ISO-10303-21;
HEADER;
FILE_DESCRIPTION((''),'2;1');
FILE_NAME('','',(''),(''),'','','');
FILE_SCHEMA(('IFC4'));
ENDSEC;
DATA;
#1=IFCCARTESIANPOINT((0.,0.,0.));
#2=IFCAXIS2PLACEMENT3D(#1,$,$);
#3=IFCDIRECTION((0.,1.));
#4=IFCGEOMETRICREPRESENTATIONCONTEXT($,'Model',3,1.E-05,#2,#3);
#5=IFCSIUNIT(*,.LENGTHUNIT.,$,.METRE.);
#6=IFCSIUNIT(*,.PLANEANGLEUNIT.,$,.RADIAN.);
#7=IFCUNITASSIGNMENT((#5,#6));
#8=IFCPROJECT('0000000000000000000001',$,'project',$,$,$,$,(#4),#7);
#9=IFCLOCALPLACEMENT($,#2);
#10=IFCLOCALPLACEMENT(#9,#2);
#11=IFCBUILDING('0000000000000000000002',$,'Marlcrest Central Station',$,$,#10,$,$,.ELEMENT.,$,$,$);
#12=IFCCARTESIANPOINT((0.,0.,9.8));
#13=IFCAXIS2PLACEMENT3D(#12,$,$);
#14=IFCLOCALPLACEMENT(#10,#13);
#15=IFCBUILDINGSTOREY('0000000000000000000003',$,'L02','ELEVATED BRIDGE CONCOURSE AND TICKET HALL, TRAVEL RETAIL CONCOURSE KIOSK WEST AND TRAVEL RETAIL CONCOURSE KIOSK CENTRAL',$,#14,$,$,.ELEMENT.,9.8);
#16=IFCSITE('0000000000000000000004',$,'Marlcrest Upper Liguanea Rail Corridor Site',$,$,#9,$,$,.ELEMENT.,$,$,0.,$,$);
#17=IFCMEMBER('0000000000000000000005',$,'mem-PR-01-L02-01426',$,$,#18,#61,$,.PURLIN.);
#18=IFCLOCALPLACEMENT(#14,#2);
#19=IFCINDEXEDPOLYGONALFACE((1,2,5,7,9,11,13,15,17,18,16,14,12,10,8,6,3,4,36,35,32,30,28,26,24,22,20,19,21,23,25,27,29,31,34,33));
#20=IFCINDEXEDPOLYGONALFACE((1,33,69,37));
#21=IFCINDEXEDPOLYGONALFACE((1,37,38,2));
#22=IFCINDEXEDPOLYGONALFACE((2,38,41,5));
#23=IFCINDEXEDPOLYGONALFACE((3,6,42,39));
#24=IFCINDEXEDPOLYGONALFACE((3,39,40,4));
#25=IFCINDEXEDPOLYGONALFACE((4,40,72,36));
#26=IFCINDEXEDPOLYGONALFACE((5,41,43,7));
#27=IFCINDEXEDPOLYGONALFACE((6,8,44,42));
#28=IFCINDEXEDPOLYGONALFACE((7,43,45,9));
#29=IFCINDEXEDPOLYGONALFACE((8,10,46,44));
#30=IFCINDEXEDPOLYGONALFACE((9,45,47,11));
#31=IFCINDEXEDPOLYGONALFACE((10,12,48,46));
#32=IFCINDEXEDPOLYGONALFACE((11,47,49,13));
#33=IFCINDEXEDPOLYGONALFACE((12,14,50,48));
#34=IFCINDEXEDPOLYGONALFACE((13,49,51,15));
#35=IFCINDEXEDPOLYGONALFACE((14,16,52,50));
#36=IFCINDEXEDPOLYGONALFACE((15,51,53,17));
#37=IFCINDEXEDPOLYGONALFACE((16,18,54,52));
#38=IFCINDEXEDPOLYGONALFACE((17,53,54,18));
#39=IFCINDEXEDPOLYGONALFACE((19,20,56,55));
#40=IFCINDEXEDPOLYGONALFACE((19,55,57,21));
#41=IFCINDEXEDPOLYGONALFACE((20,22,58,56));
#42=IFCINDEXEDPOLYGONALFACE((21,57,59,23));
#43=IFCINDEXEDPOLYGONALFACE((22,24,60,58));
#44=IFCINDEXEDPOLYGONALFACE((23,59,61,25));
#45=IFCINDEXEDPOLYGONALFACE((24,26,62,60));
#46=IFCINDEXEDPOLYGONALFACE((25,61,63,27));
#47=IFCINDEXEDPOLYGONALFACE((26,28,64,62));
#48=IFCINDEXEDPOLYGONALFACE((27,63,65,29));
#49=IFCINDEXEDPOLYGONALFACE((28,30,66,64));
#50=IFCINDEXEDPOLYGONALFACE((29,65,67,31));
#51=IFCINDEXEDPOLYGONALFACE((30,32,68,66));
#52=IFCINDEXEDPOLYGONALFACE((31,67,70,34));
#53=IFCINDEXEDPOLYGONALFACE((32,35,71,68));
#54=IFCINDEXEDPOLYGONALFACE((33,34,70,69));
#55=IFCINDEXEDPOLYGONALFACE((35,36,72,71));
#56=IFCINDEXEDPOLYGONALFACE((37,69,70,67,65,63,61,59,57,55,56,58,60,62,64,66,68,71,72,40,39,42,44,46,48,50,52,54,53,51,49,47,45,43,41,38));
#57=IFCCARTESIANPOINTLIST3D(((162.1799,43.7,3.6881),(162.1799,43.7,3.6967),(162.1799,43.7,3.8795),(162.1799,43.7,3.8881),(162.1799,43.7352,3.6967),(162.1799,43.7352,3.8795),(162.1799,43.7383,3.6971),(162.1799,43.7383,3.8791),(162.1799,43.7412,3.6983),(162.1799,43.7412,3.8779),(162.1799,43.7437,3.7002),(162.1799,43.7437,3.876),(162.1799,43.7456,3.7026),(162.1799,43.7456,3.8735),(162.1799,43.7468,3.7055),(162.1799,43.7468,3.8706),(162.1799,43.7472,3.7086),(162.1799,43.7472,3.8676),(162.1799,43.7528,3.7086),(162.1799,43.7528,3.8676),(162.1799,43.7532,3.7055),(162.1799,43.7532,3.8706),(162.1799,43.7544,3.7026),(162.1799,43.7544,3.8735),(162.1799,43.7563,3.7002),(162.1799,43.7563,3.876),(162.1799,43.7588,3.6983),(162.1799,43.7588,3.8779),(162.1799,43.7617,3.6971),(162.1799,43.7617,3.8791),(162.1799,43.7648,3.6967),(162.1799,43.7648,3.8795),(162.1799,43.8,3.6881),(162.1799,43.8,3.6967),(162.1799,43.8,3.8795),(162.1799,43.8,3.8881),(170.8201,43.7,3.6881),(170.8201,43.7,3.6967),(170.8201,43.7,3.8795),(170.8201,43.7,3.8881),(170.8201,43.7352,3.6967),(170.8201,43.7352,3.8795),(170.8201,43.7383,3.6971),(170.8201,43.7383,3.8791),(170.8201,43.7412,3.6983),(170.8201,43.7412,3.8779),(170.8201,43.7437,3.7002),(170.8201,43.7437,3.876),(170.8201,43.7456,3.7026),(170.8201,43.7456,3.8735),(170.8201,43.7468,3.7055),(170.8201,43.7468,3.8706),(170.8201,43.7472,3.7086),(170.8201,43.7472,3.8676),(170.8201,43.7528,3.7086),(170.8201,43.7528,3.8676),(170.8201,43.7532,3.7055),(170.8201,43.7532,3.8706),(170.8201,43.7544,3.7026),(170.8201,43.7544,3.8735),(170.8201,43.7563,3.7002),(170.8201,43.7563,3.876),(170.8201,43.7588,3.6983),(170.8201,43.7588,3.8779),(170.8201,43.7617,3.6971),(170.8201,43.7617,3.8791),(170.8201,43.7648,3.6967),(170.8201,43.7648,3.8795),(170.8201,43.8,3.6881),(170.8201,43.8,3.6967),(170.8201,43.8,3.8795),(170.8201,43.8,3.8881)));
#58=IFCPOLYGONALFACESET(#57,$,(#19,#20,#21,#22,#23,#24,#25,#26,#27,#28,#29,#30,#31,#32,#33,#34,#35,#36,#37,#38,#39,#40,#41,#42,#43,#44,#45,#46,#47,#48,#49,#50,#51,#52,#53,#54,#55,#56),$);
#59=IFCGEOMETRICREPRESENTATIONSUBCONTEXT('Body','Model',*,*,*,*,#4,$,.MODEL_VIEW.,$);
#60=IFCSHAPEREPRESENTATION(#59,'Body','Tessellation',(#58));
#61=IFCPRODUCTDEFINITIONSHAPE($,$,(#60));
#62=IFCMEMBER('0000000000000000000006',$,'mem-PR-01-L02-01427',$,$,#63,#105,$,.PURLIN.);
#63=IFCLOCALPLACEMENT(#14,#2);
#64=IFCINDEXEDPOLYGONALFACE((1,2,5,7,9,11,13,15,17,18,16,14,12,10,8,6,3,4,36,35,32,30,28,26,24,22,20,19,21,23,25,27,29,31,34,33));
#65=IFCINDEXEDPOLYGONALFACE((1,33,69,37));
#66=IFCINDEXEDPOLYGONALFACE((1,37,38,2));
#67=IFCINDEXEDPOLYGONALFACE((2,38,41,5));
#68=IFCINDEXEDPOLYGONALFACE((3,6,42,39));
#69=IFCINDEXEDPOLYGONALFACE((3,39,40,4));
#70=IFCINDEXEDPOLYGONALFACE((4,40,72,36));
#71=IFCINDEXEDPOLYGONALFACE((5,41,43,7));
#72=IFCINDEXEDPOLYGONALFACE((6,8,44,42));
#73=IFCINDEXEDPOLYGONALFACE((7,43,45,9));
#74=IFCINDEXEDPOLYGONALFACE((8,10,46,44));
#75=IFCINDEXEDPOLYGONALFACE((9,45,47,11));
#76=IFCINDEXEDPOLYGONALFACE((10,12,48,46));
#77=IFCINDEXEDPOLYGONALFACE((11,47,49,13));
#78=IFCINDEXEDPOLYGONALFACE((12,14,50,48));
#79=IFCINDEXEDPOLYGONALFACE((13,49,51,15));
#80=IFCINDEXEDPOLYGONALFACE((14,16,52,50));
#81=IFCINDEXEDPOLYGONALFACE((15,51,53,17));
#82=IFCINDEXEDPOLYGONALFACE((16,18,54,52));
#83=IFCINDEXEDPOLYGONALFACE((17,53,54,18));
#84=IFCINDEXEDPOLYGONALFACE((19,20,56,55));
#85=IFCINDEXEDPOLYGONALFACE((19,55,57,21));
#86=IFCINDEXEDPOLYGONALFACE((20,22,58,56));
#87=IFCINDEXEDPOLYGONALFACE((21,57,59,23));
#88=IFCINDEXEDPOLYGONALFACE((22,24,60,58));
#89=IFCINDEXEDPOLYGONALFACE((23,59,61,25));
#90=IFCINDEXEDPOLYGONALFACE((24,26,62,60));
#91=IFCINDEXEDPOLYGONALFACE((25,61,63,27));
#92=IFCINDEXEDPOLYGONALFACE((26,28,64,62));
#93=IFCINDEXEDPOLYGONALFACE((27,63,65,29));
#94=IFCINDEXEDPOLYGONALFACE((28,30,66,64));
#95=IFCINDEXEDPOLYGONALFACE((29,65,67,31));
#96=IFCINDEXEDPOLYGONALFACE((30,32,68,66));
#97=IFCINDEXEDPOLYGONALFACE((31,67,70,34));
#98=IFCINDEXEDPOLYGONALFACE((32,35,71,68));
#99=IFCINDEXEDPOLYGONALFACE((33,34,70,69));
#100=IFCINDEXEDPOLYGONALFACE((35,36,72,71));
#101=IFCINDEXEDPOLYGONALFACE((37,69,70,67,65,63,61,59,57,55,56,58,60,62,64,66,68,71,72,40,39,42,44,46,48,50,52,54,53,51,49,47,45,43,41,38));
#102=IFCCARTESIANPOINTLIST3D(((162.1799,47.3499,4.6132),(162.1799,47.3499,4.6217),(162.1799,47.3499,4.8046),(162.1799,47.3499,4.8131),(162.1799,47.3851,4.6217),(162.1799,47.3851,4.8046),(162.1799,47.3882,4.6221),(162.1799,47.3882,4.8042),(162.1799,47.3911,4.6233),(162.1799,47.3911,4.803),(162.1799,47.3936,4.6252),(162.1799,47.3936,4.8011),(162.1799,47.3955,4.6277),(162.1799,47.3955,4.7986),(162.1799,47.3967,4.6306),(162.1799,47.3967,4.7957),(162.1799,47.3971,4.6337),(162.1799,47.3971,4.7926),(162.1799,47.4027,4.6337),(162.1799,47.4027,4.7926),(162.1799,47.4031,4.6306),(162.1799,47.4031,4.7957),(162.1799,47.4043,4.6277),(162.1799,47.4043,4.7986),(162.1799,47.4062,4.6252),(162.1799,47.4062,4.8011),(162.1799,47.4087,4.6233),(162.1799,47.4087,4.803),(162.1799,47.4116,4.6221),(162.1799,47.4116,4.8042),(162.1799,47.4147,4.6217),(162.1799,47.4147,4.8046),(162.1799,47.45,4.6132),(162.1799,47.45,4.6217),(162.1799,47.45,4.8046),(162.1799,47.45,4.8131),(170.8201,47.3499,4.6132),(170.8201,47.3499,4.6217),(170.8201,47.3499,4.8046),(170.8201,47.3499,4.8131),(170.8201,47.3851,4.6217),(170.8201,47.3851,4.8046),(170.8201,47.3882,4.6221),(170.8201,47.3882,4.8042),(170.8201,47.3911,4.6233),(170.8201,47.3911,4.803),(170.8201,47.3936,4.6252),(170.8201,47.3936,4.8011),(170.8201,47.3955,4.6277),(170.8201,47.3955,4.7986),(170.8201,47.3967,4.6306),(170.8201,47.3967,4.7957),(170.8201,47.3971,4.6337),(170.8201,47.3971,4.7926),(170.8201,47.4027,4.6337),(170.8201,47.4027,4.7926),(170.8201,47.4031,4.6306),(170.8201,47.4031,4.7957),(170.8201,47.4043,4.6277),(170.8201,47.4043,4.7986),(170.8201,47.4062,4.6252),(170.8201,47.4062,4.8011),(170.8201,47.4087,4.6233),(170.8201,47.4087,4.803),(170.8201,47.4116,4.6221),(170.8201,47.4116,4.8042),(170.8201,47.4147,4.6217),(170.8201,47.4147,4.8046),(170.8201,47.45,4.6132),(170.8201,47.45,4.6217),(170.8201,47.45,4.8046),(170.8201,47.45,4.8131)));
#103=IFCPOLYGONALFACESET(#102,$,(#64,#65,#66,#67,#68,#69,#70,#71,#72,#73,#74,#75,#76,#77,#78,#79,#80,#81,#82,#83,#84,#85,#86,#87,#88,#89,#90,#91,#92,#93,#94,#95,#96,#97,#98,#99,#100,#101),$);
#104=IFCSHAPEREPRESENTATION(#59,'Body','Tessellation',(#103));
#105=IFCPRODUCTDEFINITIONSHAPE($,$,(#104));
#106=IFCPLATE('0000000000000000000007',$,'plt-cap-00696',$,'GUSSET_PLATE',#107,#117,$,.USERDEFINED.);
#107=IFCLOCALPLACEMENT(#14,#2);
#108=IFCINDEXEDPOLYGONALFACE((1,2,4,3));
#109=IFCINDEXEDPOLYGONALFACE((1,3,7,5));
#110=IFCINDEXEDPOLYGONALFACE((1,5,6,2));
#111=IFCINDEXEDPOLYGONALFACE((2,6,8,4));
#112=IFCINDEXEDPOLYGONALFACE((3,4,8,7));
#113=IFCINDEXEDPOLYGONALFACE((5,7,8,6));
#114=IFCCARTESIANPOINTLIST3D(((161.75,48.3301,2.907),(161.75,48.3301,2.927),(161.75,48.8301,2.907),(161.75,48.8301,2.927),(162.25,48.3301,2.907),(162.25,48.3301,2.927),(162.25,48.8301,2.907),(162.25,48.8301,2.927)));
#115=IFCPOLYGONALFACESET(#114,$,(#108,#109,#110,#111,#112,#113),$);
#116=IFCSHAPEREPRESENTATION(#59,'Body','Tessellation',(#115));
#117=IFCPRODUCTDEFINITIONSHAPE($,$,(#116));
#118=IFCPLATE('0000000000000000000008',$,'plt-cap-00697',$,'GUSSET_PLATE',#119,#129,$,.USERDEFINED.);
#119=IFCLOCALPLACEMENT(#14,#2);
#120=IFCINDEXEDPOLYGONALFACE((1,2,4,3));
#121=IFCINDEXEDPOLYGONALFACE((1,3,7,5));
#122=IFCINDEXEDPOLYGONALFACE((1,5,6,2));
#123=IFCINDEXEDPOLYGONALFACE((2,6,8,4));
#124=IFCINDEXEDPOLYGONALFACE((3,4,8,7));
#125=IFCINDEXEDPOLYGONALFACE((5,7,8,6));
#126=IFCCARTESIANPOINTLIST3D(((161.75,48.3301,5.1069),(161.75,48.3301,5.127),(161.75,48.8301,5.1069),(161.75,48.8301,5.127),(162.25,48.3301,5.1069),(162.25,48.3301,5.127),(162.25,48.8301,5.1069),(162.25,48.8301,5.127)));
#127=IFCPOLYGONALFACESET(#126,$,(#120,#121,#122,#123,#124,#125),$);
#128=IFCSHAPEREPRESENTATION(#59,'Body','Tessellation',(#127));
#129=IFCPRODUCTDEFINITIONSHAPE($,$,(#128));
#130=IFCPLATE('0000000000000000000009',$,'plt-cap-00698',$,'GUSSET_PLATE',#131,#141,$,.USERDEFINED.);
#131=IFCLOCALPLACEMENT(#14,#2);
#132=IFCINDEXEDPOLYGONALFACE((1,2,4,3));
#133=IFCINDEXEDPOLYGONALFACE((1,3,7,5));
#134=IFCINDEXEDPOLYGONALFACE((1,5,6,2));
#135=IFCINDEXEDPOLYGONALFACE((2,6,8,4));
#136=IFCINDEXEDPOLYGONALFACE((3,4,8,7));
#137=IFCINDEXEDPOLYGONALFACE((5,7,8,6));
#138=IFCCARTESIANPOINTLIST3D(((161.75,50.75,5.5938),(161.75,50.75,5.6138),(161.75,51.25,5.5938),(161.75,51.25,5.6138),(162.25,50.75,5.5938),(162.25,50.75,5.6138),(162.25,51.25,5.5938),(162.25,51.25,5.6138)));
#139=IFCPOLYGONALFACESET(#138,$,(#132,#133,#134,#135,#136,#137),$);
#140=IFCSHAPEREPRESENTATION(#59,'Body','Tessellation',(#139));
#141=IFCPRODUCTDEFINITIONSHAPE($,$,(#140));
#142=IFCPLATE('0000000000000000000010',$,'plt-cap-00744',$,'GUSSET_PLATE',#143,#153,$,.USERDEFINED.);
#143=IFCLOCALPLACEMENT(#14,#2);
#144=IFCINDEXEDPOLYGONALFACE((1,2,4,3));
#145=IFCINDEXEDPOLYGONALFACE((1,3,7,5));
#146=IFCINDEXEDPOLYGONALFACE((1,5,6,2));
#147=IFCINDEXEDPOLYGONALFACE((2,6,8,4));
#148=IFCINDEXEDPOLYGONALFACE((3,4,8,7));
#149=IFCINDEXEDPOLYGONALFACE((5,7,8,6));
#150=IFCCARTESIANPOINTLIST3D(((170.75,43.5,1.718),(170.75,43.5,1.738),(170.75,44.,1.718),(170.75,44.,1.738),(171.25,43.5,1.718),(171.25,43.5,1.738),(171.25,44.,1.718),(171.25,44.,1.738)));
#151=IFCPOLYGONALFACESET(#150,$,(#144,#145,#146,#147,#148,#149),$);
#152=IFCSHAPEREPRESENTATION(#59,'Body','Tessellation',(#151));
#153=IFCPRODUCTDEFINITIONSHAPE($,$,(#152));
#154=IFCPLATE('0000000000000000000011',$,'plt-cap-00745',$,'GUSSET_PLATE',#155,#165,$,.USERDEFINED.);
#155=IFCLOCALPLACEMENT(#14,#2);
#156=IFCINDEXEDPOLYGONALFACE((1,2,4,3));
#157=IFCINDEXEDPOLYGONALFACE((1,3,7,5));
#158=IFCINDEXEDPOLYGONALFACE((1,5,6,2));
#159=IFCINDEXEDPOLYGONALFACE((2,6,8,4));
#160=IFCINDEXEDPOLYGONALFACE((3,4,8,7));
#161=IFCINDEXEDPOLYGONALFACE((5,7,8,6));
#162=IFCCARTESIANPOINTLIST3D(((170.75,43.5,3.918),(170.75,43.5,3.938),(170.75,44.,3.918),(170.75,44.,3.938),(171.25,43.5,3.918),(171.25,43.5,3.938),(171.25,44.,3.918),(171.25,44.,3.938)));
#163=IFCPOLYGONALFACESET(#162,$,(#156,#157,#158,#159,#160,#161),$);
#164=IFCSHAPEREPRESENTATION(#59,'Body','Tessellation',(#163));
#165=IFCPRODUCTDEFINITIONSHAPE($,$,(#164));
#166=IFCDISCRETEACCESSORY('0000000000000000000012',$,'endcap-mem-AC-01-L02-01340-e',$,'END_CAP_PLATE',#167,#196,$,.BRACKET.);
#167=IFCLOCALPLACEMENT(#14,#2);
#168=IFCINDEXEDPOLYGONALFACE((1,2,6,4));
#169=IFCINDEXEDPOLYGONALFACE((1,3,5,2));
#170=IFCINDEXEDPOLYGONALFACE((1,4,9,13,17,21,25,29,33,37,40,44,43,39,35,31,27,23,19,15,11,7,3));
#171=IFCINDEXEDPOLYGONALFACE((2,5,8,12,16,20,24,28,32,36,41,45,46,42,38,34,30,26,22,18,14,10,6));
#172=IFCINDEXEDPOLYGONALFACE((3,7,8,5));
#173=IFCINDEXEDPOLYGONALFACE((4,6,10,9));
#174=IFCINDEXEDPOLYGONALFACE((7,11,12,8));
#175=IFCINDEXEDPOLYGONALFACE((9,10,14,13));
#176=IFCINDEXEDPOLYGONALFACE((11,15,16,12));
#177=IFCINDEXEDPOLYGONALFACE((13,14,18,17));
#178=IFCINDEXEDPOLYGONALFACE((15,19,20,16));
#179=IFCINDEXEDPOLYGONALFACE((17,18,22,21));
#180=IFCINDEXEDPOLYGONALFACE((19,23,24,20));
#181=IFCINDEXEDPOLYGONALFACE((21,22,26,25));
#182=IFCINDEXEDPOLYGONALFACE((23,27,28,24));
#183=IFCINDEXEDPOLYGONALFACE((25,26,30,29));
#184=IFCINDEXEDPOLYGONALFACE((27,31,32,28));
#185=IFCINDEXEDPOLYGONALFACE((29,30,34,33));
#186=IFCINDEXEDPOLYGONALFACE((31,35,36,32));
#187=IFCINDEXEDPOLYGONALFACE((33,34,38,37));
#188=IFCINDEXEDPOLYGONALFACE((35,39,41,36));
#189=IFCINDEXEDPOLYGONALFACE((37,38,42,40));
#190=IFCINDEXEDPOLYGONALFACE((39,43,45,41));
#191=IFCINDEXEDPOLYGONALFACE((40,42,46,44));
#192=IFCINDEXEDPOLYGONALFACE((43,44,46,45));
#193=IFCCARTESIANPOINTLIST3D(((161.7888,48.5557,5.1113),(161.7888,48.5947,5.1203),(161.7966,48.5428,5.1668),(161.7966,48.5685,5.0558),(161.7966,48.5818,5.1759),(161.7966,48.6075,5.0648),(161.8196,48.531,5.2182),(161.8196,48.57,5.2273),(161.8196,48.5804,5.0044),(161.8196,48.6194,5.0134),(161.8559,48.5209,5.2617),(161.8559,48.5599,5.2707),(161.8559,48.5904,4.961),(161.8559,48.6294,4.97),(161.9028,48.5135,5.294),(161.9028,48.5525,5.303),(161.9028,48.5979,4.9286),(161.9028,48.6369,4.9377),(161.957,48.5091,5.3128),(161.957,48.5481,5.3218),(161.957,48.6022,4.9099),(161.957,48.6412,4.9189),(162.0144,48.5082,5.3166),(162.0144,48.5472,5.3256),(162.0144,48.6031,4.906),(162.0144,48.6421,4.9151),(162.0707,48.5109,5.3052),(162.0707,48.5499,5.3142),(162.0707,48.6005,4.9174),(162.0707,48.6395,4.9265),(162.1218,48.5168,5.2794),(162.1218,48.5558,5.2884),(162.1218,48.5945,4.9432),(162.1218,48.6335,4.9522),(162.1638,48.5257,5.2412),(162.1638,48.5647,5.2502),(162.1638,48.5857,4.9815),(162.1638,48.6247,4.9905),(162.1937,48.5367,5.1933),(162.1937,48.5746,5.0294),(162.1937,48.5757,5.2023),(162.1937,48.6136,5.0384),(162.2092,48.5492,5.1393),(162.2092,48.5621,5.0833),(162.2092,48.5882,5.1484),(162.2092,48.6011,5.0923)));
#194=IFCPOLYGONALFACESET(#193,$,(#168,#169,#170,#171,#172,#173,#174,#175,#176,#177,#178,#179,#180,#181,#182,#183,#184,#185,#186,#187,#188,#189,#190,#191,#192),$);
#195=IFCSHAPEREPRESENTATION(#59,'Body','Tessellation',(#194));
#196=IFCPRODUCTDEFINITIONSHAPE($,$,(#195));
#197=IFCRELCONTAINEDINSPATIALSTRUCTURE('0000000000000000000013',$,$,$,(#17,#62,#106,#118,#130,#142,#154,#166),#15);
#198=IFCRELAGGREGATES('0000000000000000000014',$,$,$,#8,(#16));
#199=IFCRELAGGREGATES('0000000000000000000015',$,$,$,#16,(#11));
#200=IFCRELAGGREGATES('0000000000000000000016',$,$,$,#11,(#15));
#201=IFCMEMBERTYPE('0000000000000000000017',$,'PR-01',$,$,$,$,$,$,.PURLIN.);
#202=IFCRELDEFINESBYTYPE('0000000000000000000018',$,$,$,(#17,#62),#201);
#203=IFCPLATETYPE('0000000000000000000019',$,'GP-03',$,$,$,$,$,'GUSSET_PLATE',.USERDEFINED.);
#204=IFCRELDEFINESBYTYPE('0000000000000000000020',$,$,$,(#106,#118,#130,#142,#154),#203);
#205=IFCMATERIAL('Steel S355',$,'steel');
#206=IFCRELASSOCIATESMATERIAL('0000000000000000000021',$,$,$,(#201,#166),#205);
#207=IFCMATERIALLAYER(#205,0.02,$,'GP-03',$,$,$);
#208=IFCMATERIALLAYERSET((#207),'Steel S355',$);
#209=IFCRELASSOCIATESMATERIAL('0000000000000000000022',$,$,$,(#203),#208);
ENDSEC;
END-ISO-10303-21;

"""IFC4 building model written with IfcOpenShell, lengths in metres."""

from ifc_helpers import new_model, si_unit, direction, frame, origin, origin_2d, place, context, subcontext, project, spatial, rectangle, circle, i_section, extrude, material, layer, layer_set, material_profile, profile_set, type_object, element, save


model = new_model("IFC4")

# Units and contexts
model_context = context("Model", 3, precision=1e-05, world=origin(), true_north=direction((0.0, 1.0)))
body_context = subcontext(model_context, "Body", "Model", "MODEL_VIEW")
ifc_project = project(units=[si_unit("LENGTHUNIT", "METRE"), si_unit("PLANEANGLEUNIT", "RADIAN")], contexts=[model_context])

# Site, building, storey
site_placement = place(None, origin())
site = spatial("IfcSite", under=ifc_project, at=site_placement, Name="Marlcrest Upper Liguanea Rail Corridor Site", CompositionType="ELEMENT", RefElevation=0.0)
building_placement = place(site_placement, origin())
building = spatial("IfcBuilding", under=site, at=building_placement, Name="Marlcrest Central Station", CompositionType="ELEMENT")
storey_placement = place(building_placement, frame((0.0, 0.0, 9.8)))
storey = spatial("IfcBuildingStorey", under=building, at=storey_placement, Name="L02", Description="ELEVATED BRIDGE CONCOURSE AND TICKET HALL, TRAVEL RETAIL CONCOURSE KIOSK WEST AND TRAVEL RETAIL CONCOURSE KIOSK CENTRAL", CompositionType="ELEMENT", Elevation=9.8)

# Members
ifc_material = material(Name="Steel S355", Category="steel")
ifc_material_profile_1 = material_profile(ifc_material, i_section(OverallWidth=0.1001, OverallDepth=0.2, WebThickness=0.0056, FlangeThickness=0.0085, FilletRadius=0.012, at=origin_2d()), Name="IPE 200")
ifc_profile_set_1 = profile_set([ifc_material_profile_1], Name="Steel S355")
member_type_1 = type_object("IfcMemberType", Name="PR-01", PredefinedType="PURLIN", material=ifc_profile_set_1)
for number, where, z_axis, x_axis, name in (
    (1, (162.1799, 43.75, 3.7881), (1.0, 0.0, 0.0), (0.0, 1.0, 0.0), "mem-PR-01-L02-01426"),
    (2, (162.1799, 47.3999, 4.7131), (1.0, 0.0, 0.0), (0.0, 1.0, 0.0), "mem-PR-01-L02-01427"),
):
    element("IfcMember", number, at=place(storey_placement, frame(where, z_axis=z_axis, x_axis=x_axis)), inside=storey, type_object=member_type_1, Name=name, PredefinedType="PURLIN", context=body_context, shape_type="SweptSolid", body=[
        extrude(i_section(OverallWidth=0.1001, OverallDepth=0.2, WebThickness=0.0056, FlangeThickness=0.0085, FilletRadius=0.012, at=origin_2d()), origin(), (0.0, 0.0, 1.0), 8.6401),
    ])

# Plates
ifc_layer = layer(ifc_material, 0.02, Name="GP-03")
ifc_layer_set = layer_set([ifc_layer], Name="Steel S355")
plate_type = type_object("IfcPlateType", Name="GP-03", ElementType="GUSSET_PLATE", PredefinedType="USERDEFINED", material=ifc_layer_set)
for number, where, z_axis, x_axis, name in (
    (3, (162.0, 48.5801, 2.907), (0.0, 0.0, 1.0), (1.0, 0.0, 0.0), "plt-cap-00696"),
    (4, (162.0, 48.5801, 5.1069), (0.0, 0.0, 1.0), (1.0, 0.0, 0.0), "plt-cap-00697"),
    (5, (162.0, 51.0, 5.5938), (0.0, 0.0, 1.0), (1.0, 0.0, 0.0), "plt-cap-00698"),
    (6, (171.0, 43.75, 1.718), (0.0, 0.0, 1.0), (1.0, 0.0, 0.0), "plt-cap-00744"),
    (7, (171.0, 43.75, 3.918), (0.0, 0.0, 1.0), (1.0, 0.0, 0.0), "plt-cap-00745"),
):
    element("IfcPlate", number, at=place(storey_placement, frame(where, z_axis=z_axis, x_axis=x_axis)), inside=storey, type_object=plate_type, Name=name, ObjectType="GUSSET_PLATE", PredefinedType="USERDEFINED", context=body_context, shape_type="SweptSolid", body=[
        extrude(rectangle(XDim=0.5, YDim=0.5, at=origin_2d()), origin(), (0.0, 0.0, 1.0), 0.02),
    ])

# Discrete accessory
discrete_accessory_1_placement = place(storey_placement, frame((162.0, 48.5557, 5.1113), z_axis=(0.0, 0.97433, 0.225126), x_axis=(-1.0, 0.0, 0.0)))
element("IfcDiscreteAccessory", 8, at=discrete_accessory_1_placement, inside=storey, material=ifc_material, Name="endcap-mem-AC-01-L02-01340-e", ObjectType="END_CAP_PLATE", PredefinedType="BRACKET", context=body_context, shape_type="SweptSolid", body=[
    extrude(circle(Radius=0.2112, at=origin_2d()), origin(), (0.0, 0.0, 1.0), 0.04),
])

save(model, "model.ifc")
